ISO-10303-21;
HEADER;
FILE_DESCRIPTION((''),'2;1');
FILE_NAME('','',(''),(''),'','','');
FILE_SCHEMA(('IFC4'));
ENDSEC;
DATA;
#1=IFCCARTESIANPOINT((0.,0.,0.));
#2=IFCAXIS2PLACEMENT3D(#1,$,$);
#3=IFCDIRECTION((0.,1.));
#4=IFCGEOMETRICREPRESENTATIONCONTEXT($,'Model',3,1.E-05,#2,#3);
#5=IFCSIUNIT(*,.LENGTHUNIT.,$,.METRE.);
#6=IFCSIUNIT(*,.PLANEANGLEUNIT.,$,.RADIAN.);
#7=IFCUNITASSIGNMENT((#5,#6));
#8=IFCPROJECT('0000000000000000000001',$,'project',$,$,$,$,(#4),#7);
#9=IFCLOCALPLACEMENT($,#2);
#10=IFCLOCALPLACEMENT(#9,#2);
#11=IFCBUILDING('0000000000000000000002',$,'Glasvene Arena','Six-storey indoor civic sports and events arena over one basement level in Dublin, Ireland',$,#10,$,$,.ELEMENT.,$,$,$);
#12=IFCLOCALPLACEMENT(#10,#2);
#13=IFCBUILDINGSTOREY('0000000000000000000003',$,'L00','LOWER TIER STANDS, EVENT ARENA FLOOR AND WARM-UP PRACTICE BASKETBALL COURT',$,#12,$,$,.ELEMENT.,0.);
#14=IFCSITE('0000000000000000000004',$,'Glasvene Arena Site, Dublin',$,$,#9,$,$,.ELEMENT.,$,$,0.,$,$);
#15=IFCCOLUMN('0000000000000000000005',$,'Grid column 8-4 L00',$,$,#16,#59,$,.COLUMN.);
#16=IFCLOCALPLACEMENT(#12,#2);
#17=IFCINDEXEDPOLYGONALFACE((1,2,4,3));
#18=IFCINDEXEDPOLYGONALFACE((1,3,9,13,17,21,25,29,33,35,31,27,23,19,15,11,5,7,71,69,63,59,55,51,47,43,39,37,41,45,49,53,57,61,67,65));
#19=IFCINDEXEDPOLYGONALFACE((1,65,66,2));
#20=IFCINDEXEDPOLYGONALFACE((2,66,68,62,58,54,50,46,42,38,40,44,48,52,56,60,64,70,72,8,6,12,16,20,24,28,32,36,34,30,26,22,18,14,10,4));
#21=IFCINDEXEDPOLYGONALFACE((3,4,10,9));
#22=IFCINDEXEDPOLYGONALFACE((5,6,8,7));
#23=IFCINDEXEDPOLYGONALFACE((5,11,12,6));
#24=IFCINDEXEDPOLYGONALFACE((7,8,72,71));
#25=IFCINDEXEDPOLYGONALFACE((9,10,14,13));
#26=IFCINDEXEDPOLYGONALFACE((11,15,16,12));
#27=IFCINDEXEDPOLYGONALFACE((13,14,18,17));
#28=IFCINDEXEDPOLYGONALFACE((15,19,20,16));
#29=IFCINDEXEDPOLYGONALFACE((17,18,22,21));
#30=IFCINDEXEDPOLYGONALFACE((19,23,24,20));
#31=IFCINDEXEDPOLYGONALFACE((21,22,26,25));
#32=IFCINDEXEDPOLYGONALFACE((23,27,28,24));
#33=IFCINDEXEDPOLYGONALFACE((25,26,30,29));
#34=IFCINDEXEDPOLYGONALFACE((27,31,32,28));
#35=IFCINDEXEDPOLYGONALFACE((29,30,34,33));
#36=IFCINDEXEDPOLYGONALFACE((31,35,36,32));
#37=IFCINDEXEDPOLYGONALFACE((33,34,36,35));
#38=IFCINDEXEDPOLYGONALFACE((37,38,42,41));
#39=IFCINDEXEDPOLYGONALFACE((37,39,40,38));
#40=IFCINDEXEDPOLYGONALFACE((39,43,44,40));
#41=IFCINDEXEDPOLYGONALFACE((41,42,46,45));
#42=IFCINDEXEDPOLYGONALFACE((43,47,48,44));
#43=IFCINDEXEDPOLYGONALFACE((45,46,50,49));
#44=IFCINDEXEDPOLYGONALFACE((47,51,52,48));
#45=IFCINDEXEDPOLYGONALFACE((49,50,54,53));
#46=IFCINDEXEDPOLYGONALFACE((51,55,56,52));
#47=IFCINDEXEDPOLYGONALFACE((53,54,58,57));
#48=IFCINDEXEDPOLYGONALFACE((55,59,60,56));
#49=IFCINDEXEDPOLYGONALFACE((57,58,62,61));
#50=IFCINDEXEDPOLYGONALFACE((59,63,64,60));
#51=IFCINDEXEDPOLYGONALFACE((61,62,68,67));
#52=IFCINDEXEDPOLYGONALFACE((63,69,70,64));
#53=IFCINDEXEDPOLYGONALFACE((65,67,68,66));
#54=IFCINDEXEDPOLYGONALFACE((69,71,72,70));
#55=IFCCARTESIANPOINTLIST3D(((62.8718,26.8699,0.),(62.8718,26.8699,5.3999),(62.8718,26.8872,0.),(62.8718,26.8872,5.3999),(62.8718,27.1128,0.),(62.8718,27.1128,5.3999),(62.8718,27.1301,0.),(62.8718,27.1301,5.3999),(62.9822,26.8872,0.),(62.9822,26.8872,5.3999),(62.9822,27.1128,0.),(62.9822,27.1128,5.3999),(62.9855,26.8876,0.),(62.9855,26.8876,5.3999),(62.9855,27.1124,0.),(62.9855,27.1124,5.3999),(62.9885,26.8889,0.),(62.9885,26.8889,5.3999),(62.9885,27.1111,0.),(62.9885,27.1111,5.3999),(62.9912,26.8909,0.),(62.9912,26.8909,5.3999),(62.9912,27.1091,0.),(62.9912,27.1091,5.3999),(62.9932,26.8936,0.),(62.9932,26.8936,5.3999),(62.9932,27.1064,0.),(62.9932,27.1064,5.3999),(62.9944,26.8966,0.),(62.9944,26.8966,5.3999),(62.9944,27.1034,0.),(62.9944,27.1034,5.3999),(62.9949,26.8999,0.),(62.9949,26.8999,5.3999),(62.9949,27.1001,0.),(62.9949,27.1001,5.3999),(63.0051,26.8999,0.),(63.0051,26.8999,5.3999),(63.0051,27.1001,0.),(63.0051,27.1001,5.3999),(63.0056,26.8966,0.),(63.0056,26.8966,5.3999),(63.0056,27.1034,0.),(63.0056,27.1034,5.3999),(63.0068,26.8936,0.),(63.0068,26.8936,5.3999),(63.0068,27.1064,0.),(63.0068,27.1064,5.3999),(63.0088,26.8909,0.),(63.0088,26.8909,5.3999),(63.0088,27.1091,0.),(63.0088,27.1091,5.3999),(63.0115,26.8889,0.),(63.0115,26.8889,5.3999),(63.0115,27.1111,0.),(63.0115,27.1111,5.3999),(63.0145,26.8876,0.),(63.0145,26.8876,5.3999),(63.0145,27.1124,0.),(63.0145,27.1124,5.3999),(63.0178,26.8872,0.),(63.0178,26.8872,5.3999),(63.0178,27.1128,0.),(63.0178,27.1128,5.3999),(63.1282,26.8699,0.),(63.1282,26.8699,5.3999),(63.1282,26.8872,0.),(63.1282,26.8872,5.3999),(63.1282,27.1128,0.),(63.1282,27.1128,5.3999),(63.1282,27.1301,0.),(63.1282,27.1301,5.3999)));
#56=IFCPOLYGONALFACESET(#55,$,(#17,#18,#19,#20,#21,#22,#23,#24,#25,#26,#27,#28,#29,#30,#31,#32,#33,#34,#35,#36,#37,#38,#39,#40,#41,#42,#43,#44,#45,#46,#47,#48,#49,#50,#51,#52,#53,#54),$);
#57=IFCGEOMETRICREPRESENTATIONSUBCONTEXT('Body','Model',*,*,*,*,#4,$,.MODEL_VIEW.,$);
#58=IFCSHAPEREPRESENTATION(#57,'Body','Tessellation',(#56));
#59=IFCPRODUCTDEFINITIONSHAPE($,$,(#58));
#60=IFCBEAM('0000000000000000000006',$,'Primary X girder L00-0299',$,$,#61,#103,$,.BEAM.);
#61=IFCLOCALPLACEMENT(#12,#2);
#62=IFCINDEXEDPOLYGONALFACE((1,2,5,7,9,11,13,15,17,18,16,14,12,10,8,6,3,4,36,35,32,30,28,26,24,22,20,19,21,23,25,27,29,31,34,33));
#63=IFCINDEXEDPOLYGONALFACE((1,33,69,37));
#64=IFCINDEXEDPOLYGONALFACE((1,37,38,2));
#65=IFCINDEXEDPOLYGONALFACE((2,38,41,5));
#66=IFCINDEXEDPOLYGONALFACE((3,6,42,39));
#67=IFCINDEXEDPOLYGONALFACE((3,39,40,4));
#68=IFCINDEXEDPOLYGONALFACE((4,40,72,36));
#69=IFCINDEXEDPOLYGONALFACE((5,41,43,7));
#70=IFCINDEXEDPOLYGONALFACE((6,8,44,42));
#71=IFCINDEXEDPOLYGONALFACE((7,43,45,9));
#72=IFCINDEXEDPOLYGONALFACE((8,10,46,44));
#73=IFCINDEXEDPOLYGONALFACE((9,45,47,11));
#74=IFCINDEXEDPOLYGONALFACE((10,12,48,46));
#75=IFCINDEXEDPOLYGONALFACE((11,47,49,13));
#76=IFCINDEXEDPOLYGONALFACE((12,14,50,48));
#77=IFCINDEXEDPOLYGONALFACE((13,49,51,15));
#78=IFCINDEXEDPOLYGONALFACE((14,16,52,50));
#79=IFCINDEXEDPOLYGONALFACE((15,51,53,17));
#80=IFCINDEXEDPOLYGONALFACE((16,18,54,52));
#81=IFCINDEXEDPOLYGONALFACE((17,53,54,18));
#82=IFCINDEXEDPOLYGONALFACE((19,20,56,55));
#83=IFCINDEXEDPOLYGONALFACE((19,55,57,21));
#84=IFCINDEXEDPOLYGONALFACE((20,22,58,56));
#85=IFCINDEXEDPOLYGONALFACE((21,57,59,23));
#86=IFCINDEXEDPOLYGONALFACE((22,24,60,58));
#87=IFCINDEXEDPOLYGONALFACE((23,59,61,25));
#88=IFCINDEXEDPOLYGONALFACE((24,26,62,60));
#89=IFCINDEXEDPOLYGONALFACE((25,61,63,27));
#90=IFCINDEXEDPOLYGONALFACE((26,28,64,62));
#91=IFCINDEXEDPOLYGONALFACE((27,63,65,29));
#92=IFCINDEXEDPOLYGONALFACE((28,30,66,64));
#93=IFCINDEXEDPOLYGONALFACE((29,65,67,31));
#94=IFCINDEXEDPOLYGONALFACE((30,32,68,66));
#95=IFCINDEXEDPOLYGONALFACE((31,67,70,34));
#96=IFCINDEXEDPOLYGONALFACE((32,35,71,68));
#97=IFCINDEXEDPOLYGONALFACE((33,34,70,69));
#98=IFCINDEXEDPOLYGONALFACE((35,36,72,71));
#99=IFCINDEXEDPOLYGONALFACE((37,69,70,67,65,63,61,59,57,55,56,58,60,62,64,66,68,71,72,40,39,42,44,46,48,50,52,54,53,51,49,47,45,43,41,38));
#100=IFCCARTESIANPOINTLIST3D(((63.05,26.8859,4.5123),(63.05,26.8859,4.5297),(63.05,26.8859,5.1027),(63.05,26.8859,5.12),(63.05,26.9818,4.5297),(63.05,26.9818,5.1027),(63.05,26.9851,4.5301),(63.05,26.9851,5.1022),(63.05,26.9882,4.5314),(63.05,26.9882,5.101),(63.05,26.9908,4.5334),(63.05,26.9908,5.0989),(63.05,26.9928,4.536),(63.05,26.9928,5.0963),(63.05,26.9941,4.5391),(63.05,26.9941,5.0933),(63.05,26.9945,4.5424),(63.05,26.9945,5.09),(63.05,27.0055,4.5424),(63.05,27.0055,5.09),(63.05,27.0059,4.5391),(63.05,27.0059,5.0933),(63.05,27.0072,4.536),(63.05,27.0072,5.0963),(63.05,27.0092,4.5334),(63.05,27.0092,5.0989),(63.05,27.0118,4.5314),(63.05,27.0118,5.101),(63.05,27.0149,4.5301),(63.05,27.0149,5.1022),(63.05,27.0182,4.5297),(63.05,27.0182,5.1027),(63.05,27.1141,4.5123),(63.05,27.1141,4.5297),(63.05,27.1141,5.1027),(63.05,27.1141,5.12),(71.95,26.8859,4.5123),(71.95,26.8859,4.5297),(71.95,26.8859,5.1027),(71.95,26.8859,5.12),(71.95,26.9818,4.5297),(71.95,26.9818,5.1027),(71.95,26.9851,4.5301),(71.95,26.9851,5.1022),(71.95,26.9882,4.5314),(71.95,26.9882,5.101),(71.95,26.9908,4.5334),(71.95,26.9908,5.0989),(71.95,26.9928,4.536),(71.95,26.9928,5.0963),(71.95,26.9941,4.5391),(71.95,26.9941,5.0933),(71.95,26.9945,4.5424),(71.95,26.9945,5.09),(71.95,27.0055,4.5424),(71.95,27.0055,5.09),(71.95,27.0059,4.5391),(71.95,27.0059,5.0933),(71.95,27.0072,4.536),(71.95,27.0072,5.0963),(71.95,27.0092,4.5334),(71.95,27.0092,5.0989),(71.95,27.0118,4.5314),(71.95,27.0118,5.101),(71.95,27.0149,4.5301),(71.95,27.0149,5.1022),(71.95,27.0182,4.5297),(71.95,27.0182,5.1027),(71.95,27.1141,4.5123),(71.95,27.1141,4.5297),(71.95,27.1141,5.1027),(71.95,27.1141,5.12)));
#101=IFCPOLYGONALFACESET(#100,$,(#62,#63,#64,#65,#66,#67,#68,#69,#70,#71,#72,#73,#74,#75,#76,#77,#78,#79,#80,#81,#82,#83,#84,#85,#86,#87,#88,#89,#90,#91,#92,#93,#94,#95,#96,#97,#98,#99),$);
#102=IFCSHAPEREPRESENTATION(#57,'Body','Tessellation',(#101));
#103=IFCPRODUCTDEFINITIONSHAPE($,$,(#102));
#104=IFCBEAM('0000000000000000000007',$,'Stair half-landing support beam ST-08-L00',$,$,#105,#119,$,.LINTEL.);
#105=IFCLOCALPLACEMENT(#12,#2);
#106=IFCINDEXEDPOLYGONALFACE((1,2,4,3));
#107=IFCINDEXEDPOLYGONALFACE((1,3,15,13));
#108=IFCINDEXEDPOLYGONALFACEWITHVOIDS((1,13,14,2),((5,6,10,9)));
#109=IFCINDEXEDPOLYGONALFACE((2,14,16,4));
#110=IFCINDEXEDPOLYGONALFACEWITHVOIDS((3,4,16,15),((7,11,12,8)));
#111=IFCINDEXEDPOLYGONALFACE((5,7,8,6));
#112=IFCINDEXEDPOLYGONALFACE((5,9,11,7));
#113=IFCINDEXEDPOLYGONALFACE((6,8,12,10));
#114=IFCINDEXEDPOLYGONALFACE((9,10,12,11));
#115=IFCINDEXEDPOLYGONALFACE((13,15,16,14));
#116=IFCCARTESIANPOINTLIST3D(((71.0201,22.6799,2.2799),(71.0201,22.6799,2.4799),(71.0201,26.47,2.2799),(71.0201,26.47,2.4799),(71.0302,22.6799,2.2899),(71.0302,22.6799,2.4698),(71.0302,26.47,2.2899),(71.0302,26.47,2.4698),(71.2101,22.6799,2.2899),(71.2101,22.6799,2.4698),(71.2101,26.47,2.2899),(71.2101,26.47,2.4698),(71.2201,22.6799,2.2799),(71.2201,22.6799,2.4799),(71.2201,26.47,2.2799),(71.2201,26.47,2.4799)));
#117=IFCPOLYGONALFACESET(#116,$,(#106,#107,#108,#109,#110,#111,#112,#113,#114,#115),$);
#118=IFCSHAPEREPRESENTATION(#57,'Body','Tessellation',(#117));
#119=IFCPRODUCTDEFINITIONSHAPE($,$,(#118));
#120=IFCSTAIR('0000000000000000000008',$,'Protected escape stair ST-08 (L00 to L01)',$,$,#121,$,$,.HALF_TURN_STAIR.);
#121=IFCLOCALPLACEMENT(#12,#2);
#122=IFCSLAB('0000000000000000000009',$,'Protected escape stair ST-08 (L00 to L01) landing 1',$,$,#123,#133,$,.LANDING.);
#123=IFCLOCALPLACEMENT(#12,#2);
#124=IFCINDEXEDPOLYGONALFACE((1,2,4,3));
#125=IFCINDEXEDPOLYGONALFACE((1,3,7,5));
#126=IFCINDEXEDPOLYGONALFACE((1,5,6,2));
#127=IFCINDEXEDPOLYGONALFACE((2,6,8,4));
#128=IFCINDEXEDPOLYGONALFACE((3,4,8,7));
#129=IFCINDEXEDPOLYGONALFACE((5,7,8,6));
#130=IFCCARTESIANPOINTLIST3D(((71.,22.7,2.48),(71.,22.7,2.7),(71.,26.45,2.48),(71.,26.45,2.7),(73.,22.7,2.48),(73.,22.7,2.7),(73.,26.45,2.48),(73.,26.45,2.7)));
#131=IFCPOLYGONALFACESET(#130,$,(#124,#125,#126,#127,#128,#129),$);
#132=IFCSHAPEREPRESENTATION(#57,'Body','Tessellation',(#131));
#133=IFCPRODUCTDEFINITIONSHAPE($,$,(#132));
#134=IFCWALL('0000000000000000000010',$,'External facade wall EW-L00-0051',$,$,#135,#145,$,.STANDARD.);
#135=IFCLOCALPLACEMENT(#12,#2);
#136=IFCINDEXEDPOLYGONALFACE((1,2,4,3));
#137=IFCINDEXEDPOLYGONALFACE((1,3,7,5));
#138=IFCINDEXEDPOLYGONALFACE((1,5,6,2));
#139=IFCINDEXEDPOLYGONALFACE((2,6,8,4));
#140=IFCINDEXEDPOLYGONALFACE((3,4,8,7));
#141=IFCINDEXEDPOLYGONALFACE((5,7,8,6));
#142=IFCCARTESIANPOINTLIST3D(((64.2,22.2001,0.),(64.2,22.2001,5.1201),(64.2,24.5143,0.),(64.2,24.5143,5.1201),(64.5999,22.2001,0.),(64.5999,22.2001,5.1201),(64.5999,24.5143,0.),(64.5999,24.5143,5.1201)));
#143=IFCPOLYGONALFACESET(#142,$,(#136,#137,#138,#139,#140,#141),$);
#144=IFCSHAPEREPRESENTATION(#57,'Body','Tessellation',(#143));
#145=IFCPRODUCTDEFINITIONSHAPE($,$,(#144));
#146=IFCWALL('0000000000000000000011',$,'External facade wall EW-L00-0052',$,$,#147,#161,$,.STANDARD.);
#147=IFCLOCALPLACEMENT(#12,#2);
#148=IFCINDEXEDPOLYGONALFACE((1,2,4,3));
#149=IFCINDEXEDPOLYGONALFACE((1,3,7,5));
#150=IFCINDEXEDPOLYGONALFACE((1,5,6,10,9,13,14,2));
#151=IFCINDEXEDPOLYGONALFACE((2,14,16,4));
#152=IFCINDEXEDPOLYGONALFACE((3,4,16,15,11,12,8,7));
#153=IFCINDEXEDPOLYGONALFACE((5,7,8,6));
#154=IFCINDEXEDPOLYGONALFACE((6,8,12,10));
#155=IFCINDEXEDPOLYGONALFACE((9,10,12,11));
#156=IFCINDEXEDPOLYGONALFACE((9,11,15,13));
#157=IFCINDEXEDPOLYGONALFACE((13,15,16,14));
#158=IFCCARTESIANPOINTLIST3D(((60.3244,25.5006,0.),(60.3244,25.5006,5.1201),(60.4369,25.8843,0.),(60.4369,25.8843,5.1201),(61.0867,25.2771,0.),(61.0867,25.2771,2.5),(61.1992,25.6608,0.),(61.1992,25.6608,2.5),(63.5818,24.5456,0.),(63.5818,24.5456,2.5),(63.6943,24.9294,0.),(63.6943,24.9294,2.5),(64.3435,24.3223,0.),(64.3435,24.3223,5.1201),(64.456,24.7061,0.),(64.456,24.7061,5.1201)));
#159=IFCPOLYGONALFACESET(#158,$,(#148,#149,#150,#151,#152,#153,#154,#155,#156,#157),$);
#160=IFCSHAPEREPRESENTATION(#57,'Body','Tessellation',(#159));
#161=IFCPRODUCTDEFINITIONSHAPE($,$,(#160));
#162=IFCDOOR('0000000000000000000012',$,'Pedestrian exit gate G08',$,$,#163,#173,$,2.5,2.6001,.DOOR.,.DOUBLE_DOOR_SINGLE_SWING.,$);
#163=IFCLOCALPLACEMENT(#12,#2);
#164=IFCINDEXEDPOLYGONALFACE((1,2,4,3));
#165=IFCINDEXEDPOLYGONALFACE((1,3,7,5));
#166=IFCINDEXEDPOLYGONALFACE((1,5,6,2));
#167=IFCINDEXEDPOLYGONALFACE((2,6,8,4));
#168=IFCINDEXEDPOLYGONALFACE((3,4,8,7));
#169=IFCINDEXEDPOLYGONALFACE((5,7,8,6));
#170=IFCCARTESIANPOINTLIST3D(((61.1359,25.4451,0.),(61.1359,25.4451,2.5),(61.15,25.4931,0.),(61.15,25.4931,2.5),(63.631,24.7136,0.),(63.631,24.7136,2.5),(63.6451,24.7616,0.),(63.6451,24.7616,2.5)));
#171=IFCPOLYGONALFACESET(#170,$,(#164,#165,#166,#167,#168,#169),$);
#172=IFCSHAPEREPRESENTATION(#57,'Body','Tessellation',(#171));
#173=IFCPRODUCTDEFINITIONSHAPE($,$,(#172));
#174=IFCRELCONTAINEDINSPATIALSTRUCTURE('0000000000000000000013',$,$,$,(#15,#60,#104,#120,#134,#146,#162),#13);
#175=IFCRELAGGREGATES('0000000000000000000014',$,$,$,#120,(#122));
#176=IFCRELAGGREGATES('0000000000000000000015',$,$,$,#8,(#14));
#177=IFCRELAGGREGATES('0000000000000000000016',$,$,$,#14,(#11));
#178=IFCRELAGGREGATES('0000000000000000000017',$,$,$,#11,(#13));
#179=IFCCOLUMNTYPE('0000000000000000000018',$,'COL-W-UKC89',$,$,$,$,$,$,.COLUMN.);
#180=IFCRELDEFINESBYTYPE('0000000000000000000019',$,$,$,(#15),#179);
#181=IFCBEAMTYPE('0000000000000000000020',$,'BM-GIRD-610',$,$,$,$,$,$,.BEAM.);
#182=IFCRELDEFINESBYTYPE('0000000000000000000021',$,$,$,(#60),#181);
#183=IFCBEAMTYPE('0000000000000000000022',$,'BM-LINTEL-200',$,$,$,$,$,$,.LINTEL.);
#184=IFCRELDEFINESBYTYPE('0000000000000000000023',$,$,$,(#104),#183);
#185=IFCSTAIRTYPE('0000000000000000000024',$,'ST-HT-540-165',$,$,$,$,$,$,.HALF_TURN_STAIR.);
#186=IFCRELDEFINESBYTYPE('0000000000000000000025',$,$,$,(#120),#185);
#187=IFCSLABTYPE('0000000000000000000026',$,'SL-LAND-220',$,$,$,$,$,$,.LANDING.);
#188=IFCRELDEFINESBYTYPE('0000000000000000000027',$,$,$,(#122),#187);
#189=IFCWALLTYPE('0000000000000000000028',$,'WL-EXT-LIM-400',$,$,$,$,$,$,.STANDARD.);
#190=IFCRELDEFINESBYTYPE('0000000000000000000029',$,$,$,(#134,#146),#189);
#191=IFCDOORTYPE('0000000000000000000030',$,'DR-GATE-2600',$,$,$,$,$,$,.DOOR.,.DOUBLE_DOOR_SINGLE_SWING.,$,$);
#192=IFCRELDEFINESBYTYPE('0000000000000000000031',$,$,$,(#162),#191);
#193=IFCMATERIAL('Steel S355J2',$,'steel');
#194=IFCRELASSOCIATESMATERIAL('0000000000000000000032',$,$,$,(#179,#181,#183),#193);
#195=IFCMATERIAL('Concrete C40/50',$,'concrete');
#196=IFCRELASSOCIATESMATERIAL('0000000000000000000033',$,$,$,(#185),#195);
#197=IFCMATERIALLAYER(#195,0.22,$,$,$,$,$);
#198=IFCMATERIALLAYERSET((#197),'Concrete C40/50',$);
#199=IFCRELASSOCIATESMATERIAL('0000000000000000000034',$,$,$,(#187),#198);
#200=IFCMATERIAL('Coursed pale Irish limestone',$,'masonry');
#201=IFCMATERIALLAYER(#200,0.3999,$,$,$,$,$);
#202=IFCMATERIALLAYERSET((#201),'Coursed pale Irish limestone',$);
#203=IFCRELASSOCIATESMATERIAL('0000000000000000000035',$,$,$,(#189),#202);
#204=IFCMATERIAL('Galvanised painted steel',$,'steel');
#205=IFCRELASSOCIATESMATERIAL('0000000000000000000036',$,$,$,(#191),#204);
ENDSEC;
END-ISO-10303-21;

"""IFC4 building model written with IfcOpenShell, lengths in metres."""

from ifc_helpers import new_model, si_unit, direction, frame, frame_2d, origin, origin_2d, place, context, subcontext, project, spatial, polyline, rectangle, hollow_rectangle, i_section, outline, extrude, material, layer, layer_set, material_profile, profile_set, type_object, element, fill, aggregate, save


model = new_model("IFC4")

# Units and contexts
model_context = context("Model", 3, precision=1e-05, world=origin(), true_north=direction((0.0, 1.0)))
body_context = subcontext(model_context, "Body", "Model", "MODEL_VIEW")
ifc_project = project(units=[si_unit("LENGTHUNIT", "METRE"), si_unit("PLANEANGLEUNIT", "RADIAN")], contexts=[model_context])

# Site, building, storey
site_placement = place(None, origin())
site = spatial("IfcSite", under=ifc_project, at=site_placement, Name="Glasvene Arena Site, Dublin", CompositionType="ELEMENT", RefElevation=0.0)
building_placement = place(site_placement, origin())
building = spatial("IfcBuilding", under=site, at=building_placement, Name="Glasvene Arena", Description="Six-storey indoor civic sports and events arena over one basement level in Dublin, Ireland", CompositionType="ELEMENT")
storey_placement = place(building_placement, origin())
storey = spatial("IfcBuildingStorey", under=building, at=storey_placement, Name="L00", Description="LOWER TIER STANDS, EVENT ARENA FLOOR AND WARM-UP PRACTICE BASKETBALL COURT", CompositionType="ELEMENT", Elevation=0.0)

# Column
ifc_material_1 = material(Name="Steel S355J2", Category="steel")
ifc_material_profile_1 = material_profile(ifc_material_1, i_section(OverallWidth=0.2563, OverallDepth=0.2603, WebThickness=0.0103, FlangeThickness=0.0173, FilletRadius=0.0127, at=origin_2d()), Name="UKC 254x254x89")
ifc_profile_set_1 = profile_set([ifc_material_profile_1], Name="Steel S355J2")
column_type = type_object("IfcColumnType", Name="COL-W-UKC89", PredefinedType="COLUMN", material=ifc_profile_set_1)
column_placement = place(storey_placement, frame((63.0, 27.0, 0.0), z_axis=(0.0, 0.0, 1.0), x_axis=(1.0, 0.0, 0.0)))
element("IfcColumn", 1, at=column_placement, inside=storey, type_object=column_type, Name="Grid column 8-4 L00", PredefinedType="COLUMN", context=body_context, shape_type="SweptSolid", body=[
    extrude(i_section(OverallWidth=0.2563, OverallDepth=0.2603, WebThickness=0.0103, FlangeThickness=0.0173, FilletRadius=0.0127, at=origin_2d()), origin(), (0.0, 0.0, 1.0), 5.3999),
])

# Beams
ifc_material_profile_2 = material_profile(ifc_material_1, i_section(OverallWidth=0.2283, OverallDepth=0.6077, WebThickness=0.011, FlangeThickness=0.0173, FilletRadius=0.0127, at=origin_2d()), Name="UKB 610x229x113")
ifc_profile_set_2 = profile_set([ifc_material_profile_2], Name="Steel S355J2")
beam_type_1 = type_object("IfcBeamType", Name="BM-GIRD-610", PredefinedType="BEAM", material=ifc_profile_set_2)
beam_1_placement = place(storey_placement, frame((63.05, 27.0, 4.8162), z_axis=(1.0, 0.0, 0.0), x_axis=(0.0, 1.0, 0.0)))
element("IfcBeam", 2, at=beam_1_placement, inside=storey, type_object=beam_type_1, Name="Primary X girder L00-0299", PredefinedType="BEAM", context=body_context, shape_type="SweptSolid", body=[
    extrude(i_section(OverallWidth=0.2283, OverallDepth=0.6077, WebThickness=0.011, FlangeThickness=0.0173, FilletRadius=0.0127, at=origin_2d()), origin(), (0.0, 0.0, 1.0), 8.8999),
])
ifc_material_profile_3 = material_profile(ifc_material_1, hollow_rectangle(XDim=0.2, YDim=0.2, WallThickness=0.01, at=origin_2d()), Name="SHS 200x200x10.0")
ifc_profile_set_3 = profile_set([ifc_material_profile_3], Name="Steel S355J2")
beam_type_2 = type_object("IfcBeamType", Name="BM-LINTEL-200", PredefinedType="LINTEL", material=ifc_profile_set_3)
beam_2_placement = place(storey_placement, frame((71.1201, 22.6799, 2.3799), z_axis=(0.0, 1.0, 0.0), x_axis=(-1.0, 0.0, 0.0)))
element("IfcBeam", 3, at=beam_2_placement, inside=storey, type_object=beam_type_2, Name="Stair half-landing support beam ST-08-L00", PredefinedType="LINTEL", context=body_context, shape_type="SweptSolid", body=[
    extrude(hollow_rectangle(XDim=0.2, YDim=0.2, WallThickness=0.01, at=origin_2d()), origin(), (0.0, 0.0, 1.0), 3.79),
])

# Stair, slab
ifc_material_2 = material(Name="Concrete C40/50", Category="concrete")
stair_type = type_object("IfcStairType", Name="ST-HT-540-165", PredefinedType="HALF_TURN_STAIR", material=ifc_material_2)
stair_placement = place(storey_placement, origin())
stair = element("IfcStair", 4, at=stair_placement, inside=storey, type_object=stair_type, Name="Protected escape stair ST-08 (L00 to L01)", PredefinedType="HALF_TURN_STAIR")
ifc_layer_1 = layer(ifc_material_2, 0.22)
ifc_layer_set_1 = layer_set([ifc_layer_1], Name="Concrete C40/50")
slab_type = type_object("IfcSlabType", Name="SL-LAND-220", PredefinedType="LANDING", material=ifc_layer_set_1)
slab_placement = place(storey_placement, frame((72.0, 24.575, 2.48)))
slab = element("IfcSlab", 5, at=slab_placement, type_object=slab_type, Name="Protected escape stair ST-08 (L00 to L01) landing 1", PredefinedType="LANDING", context=body_context, shape_type="SweptSolid", body=[
    extrude(outline(polyline([(-1.0, -1.875), (1.0, -1.875), (1.0, 1.875), (-1.0, 1.875), (-1.0, -1.875)])), origin(), (0.0, 0.0, 1.0), 0.22),
])

# Wall
ifc_material_3 = material(Name="Coursed pale Irish limestone", Category="masonry")
ifc_layer_2 = layer(ifc_material_3, 0.3999)
ifc_layer_set_2 = layer_set([ifc_layer_2], Name="Coursed pale Irish limestone")
wall_type_1 = type_object("IfcWallType", Name="WL-EXT-LIM-400", PredefinedType="STANDARD", material=ifc_layer_set_2)
wall_1_placement = place(storey_placement, frame((64.3999, 22.2, 0.0), z_axis=(0.0, 0.0, 1.0), x_axis=(0.0, 1.0, 0.0)))
element("IfcWall", 6, at=wall_1_placement, inside=storey, type_object=wall_type_1, Name="External facade wall EW-L00-0051", PredefinedType="STANDARD", context=body_context, shape_type="SweptSolid", body=[
    extrude(rectangle(XDim=2.3142, YDim=0.3999, at=frame_2d((1.1572, 0.0))), origin(), (0.0, 0.0, 1.0), 5.1201),
])

# Wall, opening, door
wall_2_placement = place(storey_placement, frame((64.3999, 24.5142, 0.0), z_axis=(0.0, 0.0, 1.0), x_axis=(-0.959614, 0.28132, 0.0)))
wall_2 = element("IfcWall", 7, at=wall_2_placement, inside=storey, type_object=wall_type_1, Name="External facade wall EW-L00-0052", PredefinedType="STANDARD", context=body_context, shape_type="SweptSolid", body=[
    extrude(rectangle(XDim=4.1882, YDim=0.3999, at=frame_2d((2.0942, 0.0))), origin(), (0.0, 0.0, 1.0), 5.1201),
])
opening_1_placement = place(wall_2_placement, frame((0.7939, 0.0, 0.0)))
opening_1 = element("IfcOpeningElement", 8, at=opening_1_placement, cuts=wall_2, PredefinedType="OPENING", context=body_context, shape_type="SweptSolid", body=[
    extrude(rectangle(XDim=2.6001, YDim=2.5, at=frame_2d((1.3, 1.25))), frame((0.0, 0.21, 0.0), z_axis=(0.0, -1.0, 0.0), x_axis=(1.0, 0.0, 0.0)), (0.0, 0.0, 1.0), 0.4199),
])
ifc_material_4 = material(Name="Galvanised painted steel", Category="steel")
door_type_1 = type_object("IfcDoorType", Name="DR-GATE-2600", OperationType="DOUBLE_DOOR_SINGLE_SWING", PredefinedType="DOOR", material=ifc_material_4)
door_1_placement = place(opening_1_placement, origin())
door_1 = element("IfcDoor", 9, at=door_1_placement, inside=storey, type_object=door_type_1, Name="Pedestrian exit gate G08", OperationType="DOUBLE_DOOR_SINGLE_SWING", OverallHeight=2.5, OverallWidth=2.6001, PredefinedType="DOOR", context=body_context, shape_type="SweptSolid", body=[
    extrude(rectangle(XDim=2.6001, YDim=2.5, at=frame_2d((1.3, 1.25))), frame((0.0, 0.0249, 0.0), z_axis=(0.0, -1.0, 0.0), x_axis=(1.0, 0.0, 0.0)), (0.0, 0.0, 1.0), 0.05),
])
fill(opening_1, door_1)

aggregate(stair, [slab])

save(model, "model.ifc")
